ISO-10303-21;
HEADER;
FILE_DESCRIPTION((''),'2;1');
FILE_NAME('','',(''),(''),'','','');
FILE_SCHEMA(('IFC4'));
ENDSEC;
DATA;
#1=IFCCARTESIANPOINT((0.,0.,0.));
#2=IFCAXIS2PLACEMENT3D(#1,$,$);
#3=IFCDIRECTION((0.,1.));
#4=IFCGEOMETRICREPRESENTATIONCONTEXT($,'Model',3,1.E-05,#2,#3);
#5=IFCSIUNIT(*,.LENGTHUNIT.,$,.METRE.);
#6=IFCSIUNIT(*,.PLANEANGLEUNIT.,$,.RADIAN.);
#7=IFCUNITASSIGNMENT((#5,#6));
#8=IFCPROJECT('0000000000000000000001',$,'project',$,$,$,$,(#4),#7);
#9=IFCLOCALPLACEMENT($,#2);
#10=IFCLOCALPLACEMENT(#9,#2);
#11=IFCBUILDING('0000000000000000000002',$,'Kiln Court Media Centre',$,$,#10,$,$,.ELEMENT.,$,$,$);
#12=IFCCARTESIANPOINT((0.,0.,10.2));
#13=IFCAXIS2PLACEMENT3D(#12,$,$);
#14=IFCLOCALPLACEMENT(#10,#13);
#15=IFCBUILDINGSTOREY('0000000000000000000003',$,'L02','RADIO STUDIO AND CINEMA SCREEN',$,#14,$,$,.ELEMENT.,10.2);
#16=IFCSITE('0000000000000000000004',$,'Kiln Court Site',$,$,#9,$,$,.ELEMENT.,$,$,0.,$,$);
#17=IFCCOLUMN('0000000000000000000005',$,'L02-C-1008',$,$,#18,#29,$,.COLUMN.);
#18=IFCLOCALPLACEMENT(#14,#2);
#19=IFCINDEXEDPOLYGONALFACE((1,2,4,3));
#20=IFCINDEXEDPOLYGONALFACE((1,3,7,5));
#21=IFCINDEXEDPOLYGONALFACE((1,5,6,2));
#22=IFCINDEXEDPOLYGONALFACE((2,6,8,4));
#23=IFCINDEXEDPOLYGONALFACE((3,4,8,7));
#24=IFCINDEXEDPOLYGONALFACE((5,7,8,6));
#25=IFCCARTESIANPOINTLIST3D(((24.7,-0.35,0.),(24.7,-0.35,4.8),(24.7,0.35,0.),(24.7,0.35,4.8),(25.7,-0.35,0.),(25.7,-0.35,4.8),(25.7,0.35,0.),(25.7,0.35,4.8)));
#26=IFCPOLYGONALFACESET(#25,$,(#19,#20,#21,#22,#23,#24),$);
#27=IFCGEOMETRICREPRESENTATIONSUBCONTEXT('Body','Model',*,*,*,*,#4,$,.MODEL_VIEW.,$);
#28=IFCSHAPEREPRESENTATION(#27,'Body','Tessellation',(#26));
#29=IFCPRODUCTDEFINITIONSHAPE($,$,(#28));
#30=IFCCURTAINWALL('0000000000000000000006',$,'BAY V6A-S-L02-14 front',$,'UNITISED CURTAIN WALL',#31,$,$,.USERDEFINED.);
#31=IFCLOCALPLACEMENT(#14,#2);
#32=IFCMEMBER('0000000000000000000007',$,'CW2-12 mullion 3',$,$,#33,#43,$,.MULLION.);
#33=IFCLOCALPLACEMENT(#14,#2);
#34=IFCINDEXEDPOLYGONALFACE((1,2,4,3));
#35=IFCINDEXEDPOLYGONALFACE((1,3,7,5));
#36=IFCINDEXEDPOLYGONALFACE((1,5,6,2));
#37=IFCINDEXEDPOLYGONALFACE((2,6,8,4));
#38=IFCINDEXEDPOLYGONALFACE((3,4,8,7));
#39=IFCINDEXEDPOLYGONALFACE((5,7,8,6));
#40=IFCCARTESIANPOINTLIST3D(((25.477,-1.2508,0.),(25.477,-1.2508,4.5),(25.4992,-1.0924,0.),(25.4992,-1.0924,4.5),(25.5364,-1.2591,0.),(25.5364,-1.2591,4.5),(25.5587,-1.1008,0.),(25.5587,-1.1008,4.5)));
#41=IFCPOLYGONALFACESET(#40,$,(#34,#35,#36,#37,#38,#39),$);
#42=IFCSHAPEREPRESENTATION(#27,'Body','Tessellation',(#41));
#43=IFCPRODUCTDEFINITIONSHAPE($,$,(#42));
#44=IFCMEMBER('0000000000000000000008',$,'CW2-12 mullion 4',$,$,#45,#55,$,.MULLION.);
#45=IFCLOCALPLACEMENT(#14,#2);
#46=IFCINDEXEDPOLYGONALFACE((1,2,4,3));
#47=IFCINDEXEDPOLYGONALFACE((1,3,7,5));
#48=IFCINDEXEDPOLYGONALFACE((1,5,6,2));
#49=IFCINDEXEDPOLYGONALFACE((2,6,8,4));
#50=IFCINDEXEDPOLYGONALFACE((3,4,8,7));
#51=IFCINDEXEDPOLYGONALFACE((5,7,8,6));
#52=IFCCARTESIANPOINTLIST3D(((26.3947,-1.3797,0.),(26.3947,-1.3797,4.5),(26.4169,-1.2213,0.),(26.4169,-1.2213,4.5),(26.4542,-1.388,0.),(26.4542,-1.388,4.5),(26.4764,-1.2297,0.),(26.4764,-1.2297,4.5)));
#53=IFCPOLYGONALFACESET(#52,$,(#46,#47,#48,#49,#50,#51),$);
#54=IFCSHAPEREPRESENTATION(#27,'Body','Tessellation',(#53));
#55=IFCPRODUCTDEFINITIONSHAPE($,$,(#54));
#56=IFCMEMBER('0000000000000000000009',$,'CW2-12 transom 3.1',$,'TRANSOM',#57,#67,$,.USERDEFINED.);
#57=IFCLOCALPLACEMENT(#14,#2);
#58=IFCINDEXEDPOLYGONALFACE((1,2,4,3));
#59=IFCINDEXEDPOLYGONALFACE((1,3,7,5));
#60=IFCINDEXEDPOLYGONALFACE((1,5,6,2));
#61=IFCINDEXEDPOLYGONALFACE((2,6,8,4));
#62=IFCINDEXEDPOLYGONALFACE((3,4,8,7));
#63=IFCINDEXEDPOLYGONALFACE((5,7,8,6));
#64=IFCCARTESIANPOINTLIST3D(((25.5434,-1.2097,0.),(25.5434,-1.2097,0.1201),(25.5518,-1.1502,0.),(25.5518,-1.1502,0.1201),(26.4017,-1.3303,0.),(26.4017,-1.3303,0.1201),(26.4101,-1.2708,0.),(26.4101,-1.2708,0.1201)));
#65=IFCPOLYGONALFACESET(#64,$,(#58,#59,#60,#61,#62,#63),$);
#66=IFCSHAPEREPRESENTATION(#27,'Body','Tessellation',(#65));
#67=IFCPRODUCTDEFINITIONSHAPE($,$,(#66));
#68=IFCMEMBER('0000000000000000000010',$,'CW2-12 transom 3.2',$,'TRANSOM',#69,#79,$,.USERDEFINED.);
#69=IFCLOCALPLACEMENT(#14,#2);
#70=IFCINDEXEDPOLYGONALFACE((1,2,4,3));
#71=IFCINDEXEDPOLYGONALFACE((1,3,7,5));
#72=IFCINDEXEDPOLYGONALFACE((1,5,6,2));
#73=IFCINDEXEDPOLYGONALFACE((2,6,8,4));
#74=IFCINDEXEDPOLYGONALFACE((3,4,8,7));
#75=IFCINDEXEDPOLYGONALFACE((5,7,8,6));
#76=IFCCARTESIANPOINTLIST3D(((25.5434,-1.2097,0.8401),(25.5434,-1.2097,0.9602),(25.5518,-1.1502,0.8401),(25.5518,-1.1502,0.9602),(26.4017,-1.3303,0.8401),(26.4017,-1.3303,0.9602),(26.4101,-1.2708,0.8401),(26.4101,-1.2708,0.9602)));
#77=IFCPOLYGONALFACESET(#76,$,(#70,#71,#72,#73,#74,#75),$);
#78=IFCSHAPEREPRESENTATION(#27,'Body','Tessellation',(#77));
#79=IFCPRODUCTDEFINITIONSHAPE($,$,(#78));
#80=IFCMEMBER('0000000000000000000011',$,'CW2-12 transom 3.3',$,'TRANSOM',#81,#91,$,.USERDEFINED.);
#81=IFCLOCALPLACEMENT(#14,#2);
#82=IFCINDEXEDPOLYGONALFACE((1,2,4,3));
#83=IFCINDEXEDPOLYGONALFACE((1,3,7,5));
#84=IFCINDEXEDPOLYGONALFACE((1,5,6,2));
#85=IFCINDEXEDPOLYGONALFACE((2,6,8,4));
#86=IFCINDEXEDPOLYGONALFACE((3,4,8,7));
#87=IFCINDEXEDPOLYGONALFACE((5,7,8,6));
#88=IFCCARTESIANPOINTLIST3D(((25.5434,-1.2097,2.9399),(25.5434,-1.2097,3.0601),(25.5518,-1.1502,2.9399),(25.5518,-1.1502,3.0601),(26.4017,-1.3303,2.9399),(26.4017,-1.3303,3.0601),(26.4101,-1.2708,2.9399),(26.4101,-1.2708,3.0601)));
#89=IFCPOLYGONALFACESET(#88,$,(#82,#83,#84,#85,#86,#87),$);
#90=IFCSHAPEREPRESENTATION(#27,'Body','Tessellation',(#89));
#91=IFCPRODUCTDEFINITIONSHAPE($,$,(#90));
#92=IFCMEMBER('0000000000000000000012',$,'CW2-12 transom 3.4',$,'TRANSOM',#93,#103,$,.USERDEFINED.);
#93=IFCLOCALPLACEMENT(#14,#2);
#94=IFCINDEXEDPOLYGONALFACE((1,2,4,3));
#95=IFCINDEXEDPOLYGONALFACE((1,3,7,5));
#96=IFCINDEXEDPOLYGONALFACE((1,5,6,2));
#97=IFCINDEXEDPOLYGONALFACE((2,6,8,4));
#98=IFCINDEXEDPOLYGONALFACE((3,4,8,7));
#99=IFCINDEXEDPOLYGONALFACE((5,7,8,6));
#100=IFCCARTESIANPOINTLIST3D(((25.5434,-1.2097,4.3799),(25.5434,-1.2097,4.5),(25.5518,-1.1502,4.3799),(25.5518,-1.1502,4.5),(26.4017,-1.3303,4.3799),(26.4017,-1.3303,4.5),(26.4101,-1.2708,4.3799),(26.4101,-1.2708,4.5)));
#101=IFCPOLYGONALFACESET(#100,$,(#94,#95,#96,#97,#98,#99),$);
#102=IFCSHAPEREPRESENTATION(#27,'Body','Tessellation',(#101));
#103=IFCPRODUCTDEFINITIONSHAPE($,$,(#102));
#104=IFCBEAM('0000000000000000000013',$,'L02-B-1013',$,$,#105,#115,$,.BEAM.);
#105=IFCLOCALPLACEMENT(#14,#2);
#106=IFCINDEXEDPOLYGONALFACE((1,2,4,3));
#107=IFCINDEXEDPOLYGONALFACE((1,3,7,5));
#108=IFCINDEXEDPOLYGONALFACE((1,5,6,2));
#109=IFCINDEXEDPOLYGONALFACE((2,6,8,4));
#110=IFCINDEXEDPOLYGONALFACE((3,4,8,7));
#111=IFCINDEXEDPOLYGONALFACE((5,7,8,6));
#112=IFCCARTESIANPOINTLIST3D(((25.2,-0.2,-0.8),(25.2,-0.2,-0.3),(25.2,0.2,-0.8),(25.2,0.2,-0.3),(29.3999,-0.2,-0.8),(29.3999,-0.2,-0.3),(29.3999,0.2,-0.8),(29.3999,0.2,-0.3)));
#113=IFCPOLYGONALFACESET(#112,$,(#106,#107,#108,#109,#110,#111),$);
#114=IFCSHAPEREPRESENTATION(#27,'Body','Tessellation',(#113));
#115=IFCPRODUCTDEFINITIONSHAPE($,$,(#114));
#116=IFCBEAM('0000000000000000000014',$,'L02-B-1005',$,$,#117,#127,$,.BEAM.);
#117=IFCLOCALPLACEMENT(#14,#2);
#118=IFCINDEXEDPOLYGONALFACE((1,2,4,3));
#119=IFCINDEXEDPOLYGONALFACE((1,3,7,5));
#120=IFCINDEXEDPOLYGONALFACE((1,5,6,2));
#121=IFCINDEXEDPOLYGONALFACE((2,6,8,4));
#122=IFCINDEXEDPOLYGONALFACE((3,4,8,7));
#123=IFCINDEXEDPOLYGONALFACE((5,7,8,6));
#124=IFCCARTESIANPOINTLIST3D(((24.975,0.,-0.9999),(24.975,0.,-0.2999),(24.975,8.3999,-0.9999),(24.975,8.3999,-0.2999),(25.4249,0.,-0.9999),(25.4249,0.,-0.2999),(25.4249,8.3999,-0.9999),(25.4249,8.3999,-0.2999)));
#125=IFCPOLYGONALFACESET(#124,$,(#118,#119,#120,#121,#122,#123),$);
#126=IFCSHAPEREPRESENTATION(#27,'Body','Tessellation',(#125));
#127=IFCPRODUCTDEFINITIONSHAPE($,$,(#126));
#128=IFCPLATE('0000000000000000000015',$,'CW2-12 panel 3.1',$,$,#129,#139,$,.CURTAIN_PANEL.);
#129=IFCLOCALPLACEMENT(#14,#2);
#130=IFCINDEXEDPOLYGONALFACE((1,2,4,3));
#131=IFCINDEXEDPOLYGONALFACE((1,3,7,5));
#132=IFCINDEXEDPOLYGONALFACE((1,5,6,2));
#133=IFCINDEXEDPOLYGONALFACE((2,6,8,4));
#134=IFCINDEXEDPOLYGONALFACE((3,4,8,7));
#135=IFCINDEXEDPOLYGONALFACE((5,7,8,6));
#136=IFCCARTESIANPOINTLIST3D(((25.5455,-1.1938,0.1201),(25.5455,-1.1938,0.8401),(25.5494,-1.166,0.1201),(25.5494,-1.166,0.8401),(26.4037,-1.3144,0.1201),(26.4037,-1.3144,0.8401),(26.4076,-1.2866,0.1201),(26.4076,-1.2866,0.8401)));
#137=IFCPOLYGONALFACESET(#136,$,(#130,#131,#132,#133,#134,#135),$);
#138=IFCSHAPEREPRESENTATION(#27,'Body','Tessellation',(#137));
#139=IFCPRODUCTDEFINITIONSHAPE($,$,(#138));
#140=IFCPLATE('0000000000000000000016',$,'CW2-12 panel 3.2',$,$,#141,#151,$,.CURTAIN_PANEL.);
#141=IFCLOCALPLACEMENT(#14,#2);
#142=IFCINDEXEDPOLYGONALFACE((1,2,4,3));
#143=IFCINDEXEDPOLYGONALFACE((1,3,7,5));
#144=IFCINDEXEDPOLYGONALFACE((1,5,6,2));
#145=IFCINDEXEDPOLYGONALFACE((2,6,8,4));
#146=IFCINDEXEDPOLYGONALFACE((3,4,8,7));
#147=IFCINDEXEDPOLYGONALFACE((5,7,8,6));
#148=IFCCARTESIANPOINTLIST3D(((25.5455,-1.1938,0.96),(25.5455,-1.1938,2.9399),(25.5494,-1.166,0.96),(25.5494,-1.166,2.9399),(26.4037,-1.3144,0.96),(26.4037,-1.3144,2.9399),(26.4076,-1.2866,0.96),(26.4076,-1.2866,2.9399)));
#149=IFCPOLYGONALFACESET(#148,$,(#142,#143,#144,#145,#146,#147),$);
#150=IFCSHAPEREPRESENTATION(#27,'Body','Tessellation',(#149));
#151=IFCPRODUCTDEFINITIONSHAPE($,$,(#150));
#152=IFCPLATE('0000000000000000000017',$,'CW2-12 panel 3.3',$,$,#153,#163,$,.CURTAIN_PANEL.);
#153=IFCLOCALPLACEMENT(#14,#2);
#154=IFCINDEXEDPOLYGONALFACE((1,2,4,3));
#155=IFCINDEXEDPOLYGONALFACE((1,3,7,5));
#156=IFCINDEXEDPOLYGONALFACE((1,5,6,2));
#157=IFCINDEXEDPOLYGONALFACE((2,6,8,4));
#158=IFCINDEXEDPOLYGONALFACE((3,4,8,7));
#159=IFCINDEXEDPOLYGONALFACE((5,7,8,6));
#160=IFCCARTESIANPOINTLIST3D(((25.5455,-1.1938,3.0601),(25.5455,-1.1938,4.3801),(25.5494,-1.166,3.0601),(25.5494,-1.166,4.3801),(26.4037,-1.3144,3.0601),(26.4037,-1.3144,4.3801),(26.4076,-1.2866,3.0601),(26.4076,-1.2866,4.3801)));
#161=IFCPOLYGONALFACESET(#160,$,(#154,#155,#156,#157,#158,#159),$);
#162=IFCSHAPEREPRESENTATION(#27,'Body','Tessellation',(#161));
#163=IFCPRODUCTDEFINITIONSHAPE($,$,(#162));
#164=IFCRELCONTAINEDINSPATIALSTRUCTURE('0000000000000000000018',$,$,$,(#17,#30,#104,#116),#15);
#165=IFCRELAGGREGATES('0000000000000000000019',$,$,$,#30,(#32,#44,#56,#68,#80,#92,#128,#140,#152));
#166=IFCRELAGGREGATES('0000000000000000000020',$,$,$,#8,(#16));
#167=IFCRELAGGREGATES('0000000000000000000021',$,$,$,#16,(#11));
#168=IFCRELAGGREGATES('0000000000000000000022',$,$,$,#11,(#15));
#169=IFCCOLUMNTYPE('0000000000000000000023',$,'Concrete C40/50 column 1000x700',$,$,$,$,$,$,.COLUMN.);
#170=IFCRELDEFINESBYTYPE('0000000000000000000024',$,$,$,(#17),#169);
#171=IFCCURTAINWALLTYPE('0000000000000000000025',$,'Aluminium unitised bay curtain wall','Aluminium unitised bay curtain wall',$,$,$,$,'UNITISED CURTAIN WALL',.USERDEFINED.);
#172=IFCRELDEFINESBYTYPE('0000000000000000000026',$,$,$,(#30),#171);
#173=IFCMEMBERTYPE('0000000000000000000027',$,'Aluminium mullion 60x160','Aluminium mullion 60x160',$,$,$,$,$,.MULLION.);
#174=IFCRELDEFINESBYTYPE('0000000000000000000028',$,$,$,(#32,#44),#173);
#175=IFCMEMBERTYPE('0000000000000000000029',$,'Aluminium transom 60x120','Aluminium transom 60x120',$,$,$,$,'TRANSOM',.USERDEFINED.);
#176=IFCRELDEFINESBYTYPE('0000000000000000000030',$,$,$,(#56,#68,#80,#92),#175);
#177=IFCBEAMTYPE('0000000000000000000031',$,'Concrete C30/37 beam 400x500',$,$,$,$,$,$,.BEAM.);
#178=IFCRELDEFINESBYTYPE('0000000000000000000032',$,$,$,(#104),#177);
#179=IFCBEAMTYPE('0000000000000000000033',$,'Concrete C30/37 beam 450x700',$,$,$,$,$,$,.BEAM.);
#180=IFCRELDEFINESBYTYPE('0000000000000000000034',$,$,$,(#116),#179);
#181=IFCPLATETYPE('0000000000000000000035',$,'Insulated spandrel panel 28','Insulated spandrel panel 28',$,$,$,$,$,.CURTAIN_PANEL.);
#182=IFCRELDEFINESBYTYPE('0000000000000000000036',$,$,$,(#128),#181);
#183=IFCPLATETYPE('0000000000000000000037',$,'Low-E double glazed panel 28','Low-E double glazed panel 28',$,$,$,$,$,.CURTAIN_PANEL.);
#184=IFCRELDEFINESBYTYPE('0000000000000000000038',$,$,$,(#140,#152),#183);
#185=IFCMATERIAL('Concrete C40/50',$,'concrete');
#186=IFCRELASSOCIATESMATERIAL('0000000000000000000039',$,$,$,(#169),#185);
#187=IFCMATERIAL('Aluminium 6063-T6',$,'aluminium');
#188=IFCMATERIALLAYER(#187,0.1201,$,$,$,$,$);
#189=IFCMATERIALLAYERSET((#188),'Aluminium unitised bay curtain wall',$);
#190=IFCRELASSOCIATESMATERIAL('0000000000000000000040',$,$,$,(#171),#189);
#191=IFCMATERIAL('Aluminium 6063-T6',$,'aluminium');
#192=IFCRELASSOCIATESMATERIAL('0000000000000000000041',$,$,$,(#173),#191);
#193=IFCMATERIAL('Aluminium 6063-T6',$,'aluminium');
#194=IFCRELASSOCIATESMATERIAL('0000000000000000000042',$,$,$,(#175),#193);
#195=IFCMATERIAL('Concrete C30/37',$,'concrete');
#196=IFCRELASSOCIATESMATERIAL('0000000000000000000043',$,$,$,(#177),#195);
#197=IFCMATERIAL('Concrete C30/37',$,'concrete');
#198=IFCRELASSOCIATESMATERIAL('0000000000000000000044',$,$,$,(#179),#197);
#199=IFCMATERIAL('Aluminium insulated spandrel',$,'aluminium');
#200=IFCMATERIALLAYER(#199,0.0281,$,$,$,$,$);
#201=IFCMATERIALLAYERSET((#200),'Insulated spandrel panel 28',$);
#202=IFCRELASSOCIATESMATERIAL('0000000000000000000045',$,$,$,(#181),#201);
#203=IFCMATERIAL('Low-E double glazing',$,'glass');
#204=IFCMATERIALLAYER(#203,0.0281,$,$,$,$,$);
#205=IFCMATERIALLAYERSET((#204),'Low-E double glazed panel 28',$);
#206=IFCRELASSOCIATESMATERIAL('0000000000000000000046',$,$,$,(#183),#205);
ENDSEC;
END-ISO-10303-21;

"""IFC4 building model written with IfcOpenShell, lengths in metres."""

from ifc_helpers import new_model, si_unit, direction, frame, origin, origin_2d, place, context, subcontext, project, spatial, rectangle, extrude, material, layer, layer_set, material_profile, profile_set, type_object, element, aggregate, save


model = new_model("IFC4")

# Units and contexts
model_context = context("Model", 3, precision=1e-05, world=origin(), true_north=direction((0.0, 1.0)))
body_context = subcontext(model_context, "Body", "Model", "MODEL_VIEW")
ifc_project = project(units=[si_unit("LENGTHUNIT", "METRE"), si_unit("PLANEANGLEUNIT", "RADIAN")], contexts=[model_context])

# Site, building, storey
site_placement = place(None, origin())
site = spatial("IfcSite", under=ifc_project, at=site_placement, Name="Kiln Court Site", CompositionType="ELEMENT", RefElevation=0.0)
building_placement = place(site_placement, origin())
building = spatial("IfcBuilding", under=site, at=building_placement, Name="Kiln Court Media Centre", CompositionType="ELEMENT")
storey_placement = place(building_placement, frame((0.0, 0.0, 10.2)))
storey = spatial("IfcBuildingStorey", under=building, at=storey_placement, Name="L02", Description="RADIO STUDIO AND CINEMA SCREEN", CompositionType="ELEMENT", Elevation=10.2)

# Column
ifc_material_1 = material(Name="Concrete C40/50", Category="concrete")
ifc_material_profile_1 = material_profile(ifc_material_1, rectangle(XDim=1.0, YDim=0.7, at=origin_2d()), Name="RC 1000x700")
ifc_profile_set_1 = profile_set([ifc_material_profile_1], Name="Concrete C40/50")
column_type = type_object("IfcColumnType", Name="Concrete C40/50 column 1000x700", PredefinedType="COLUMN", material=ifc_profile_set_1)
column_placement = place(storey_placement, frame((25.2, 0.0, 0.0), z_axis=(0.0, 0.0, 1.0), x_axis=(1.0, 0.0, 0.0)))
element("IfcColumn", 1, at=column_placement, inside=storey, type_object=column_type, Name="L02-C-1008", PredefinedType="COLUMN", context=body_context, shape_type="SweptSolid", body=[
    extrude(rectangle(XDim=1.0, YDim=0.7, at=origin_2d()), origin(), (0.0, 0.0, 1.0), 4.8),
])

# Curtain wall, members
ifc_material_2 = material(Name="Aluminium 6063-T6", Category="aluminium")
ifc_layer_1 = layer(ifc_material_2, 0.1201)
ifc_layer_set_1 = layer_set([ifc_layer_1], Name="Aluminium unitised bay curtain wall")
curtain_wall_type = type_object("IfcCurtainWallType", Name="Aluminium unitised bay curtain wall", Description="Aluminium unitised bay curtain wall", ElementType="UNITISED CURTAIN WALL", PredefinedType="USERDEFINED", material=ifc_layer_set_1)
curtain_wall_placement = place(storey_placement, origin())
curtain_wall = element("IfcCurtainWall", 2, at=curtain_wall_placement, inside=storey, type_object=curtain_wall_type, Name="BAY V6A-S-L02-14 front", ObjectType="UNITISED CURTAIN WALL", PredefinedType="USERDEFINED")
ifc_material_3 = material(Name="Aluminium 6063-T6", Category="aluminium")
ifc_material_profile_2 = material_profile(ifc_material_3, rectangle(XDim=0.0601, YDim=0.1599, at=origin_2d()), Name="Aluminium mullion 60x160")
ifc_profile_set_2 = profile_set([ifc_material_profile_2], Name="Aluminium 6063-T6")
member_type_1 = type_object("IfcMemberType", Name="Aluminium mullion 60x160", Description="Aluminium mullion 60x160", PredefinedType="MULLION", material=ifc_profile_set_2)
member_1_placement = place(storey_placement, frame((25.5178, -1.1758, 0.0), z_axis=(0.0, 0.0, 1.0), x_axis=(0.99027, -0.139162, 0.0)))
member_1 = element("IfcMember", 3, at=member_1_placement, type_object=member_type_1, Name="CW2-12 mullion 3", PredefinedType="MULLION", context=body_context, shape_type="SweptSolid", body=[
    extrude(rectangle(XDim=0.0601, YDim=0.1599, at=origin_2d()), origin(), (0.0, 0.0, 1.0), 4.5),
])
member_2_placement = place(storey_placement, frame((26.4355, -1.3047, 0.0), z_axis=(0.0, 0.0, 1.0), x_axis=(0.99027, -0.139162, 0.0)))
member_2 = element("IfcMember", 4, at=member_2_placement, type_object=member_type_1, Name="CW2-12 mullion 4", PredefinedType="MULLION", context=body_context, shape_type="SweptSolid", body=[
    extrude(rectangle(XDim=0.0601, YDim=0.1599, at=origin_2d()), origin(), (0.0, 0.0, 1.0), 4.5),
])
ifc_material_4 = material(Name="Aluminium 6063-T6", Category="aluminium")
ifc_material_profile_3 = material_profile(ifc_material_4, rectangle(XDim=0.0601, YDim=0.1201, at=origin_2d()), Name="Aluminium transom 60x120")
ifc_profile_set_3 = profile_set([ifc_material_profile_3], Name="Aluminium 6063-T6")
member_type_2 = type_object("IfcMemberType", Name="Aluminium transom 60x120", Description="Aluminium transom 60x120", ElementType="TRANSOM", PredefinedType="USERDEFINED", material=ifc_profile_set_3)
member_3_placement = place(storey_placement, frame((25.5476, -1.1799, 0.0601), z_axis=(0.990268, -0.139173, 0.0), x_axis=(0.139173, 0.990268, 0.0)))
member_3 = element("IfcMember", 5, at=member_3_placement, type_object=member_type_2, Name="CW2-12 transom 3.1", ObjectType="TRANSOM", PredefinedType="USERDEFINED", context=body_context, shape_type="SweptSolid", body=[
    extrude(rectangle(XDim=0.0601, YDim=0.1201, at=origin_2d()), origin(), (0.0, 0.0, 1.0), 0.8667),
])
member_4_placement = place(storey_placement, frame((25.5476, -1.1799, 0.9001), z_axis=(0.990268, -0.139173, 0.0), x_axis=(0.139173, 0.990268, 0.0)))
member_4 = element("IfcMember", 6, at=member_4_placement, type_object=member_type_2, Name="CW2-12 transom 3.2", ObjectType="TRANSOM", PredefinedType="USERDEFINED", context=body_context, shape_type="SweptSolid", body=[
    extrude(rectangle(XDim=0.0601, YDim=0.1201, at=origin_2d()), origin(), (0.0, 0.0, 1.0), 0.8667),
])
member_5_placement = place(storey_placement, frame((25.5476, -1.1799, 3.0), z_axis=(0.990268, -0.139173, 0.0), x_axis=(0.139173, 0.990268, 0.0)))
member_5 = element("IfcMember", 7, at=member_5_placement, type_object=member_type_2, Name="CW2-12 transom 3.3", ObjectType="TRANSOM", PredefinedType="USERDEFINED", context=body_context, shape_type="SweptSolid", body=[
    extrude(rectangle(XDim=0.0601, YDim=0.1201, at=origin_2d()), origin(), (0.0, 0.0, 1.0), 0.8667),
])
member_6_placement = place(storey_placement, frame((25.5476, -1.1799, 4.4399), z_axis=(0.990268, -0.139173, 0.0), x_axis=(0.139173, 0.990268, 0.0)))
member_6 = element("IfcMember", 8, at=member_6_placement, type_object=member_type_2, Name="CW2-12 transom 3.4", ObjectType="TRANSOM", PredefinedType="USERDEFINED", context=body_context, shape_type="SweptSolid", body=[
    extrude(rectangle(XDim=0.0601, YDim=0.1201, at=origin_2d()), origin(), (0.0, 0.0, 1.0), 0.8667),
])

# Beams
ifc_material_5 = material(Name="Concrete C30/37", Category="concrete")
ifc_material_profile_4 = material_profile(ifc_material_5, rectangle(XDim=0.3999, YDim=0.5, at=origin_2d()), Name="RC 400x500")
ifc_profile_set_4 = profile_set([ifc_material_profile_4], Name="Concrete C30/37")
beam_type_1 = type_object("IfcBeamType", Name="Concrete C30/37 beam 400x500", PredefinedType="BEAM", material=ifc_profile_set_4)
beam_1_placement = place(storey_placement, frame((25.2, 0.0, -0.55), z_axis=(1.0, 0.0, 0.0), x_axis=(0.0, 1.0, 0.0)))
element("IfcBeam", 9, at=beam_1_placement, inside=storey, type_object=beam_type_1, Name="L02-B-1013", PredefinedType="BEAM", context=body_context, shape_type="SweptSolid", body=[
    extrude(rectangle(XDim=0.3999, YDim=0.5, at=origin_2d()), origin(), (0.0, 0.0, 1.0), 4.2),
])
ifc_material_6 = material(Name="Concrete C30/37", Category="concrete")
ifc_material_profile_5 = material_profile(ifc_material_6, rectangle(XDim=0.45, YDim=0.7, at=origin_2d()), Name="RC 450x700")
ifc_profile_set_5 = profile_set([ifc_material_profile_5], Name="Concrete C30/37")
beam_type_2 = type_object("IfcBeamType", Name="Concrete C30/37 beam 450x700", PredefinedType="BEAM", material=ifc_profile_set_5)
beam_2_placement = place(storey_placement, frame((25.2, 0.0, -0.6499), z_axis=(0.0, 1.0, 0.0), x_axis=(-1.0, 0.0, 0.0)))
element("IfcBeam", 10, at=beam_2_placement, inside=storey, type_object=beam_type_2, Name="L02-B-1005", PredefinedType="BEAM", context=body_context, shape_type="SweptSolid", body=[
    extrude(rectangle(XDim=0.45, YDim=0.7, at=origin_2d()), origin(), (0.0, 0.0, 1.0), 8.3999),
])

# Plates
ifc_material_7 = material(Name="Aluminium insulated spandrel", Category="aluminium")
ifc_layer_2 = layer(ifc_material_7, 0.0281)
ifc_layer_set_2 = layer_set([ifc_layer_2], Name="Insulated spandrel panel 28")
plate_type_1 = type_object("IfcPlateType", Name="Insulated spandrel panel 28", Description="Insulated spandrel panel 28", PredefinedType="CURTAIN_PANEL", material=ifc_layer_set_2)
plate_1_placement = place(storey_placement, frame((25.9766, -1.2402, 0.1201), z_axis=(0.0, 0.0, 1.0), x_axis=(0.99027, -0.139162, 0.0)))
plate_1 = element("IfcPlate", 11, at=plate_1_placement, type_object=plate_type_1, Name="CW2-12 panel 3.1", PredefinedType="CURTAIN_PANEL", context=body_context, shape_type="SweptSolid", body=[
    extrude(rectangle(XDim=0.8667, YDim=0.0281, at=origin_2d()), origin(), (0.0, 0.0, 1.0), 0.72),
])
ifc_material_8 = material(Name="Low-E double glazing", Category="glass")
ifc_layer_3 = layer(ifc_material_8, 0.0281)
ifc_layer_set_3 = layer_set([ifc_layer_3], Name="Low-E double glazed panel 28")
plate_type_2 = type_object("IfcPlateType", Name="Low-E double glazed panel 28", Description="Low-E double glazed panel 28", PredefinedType="CURTAIN_PANEL", material=ifc_layer_set_3)
plate_2_placement = place(storey_placement, frame((25.9766, -1.2402, 0.96), z_axis=(0.0, 0.0, 1.0), x_axis=(0.99027, -0.139162, 0.0)))
plate_2 = element("IfcPlate", 12, at=plate_2_placement, type_object=plate_type_2, Name="CW2-12 panel 3.2", PredefinedType="CURTAIN_PANEL", context=body_context, shape_type="SweptSolid", body=[
    extrude(rectangle(XDim=0.8667, YDim=0.0281, at=origin_2d()), origin(), (0.0, 0.0, 1.0), 1.98),
])
plate_3_placement = place(storey_placement, frame((25.9766, -1.2402, 3.0601), z_axis=(0.0, 0.0, 1.0), x_axis=(0.99027, -0.139162, 0.0)))
plate_3 = element("IfcPlate", 13, at=plate_3_placement, type_object=plate_type_2, Name="CW2-12 panel 3.3", PredefinedType="CURTAIN_PANEL", context=body_context, shape_type="SweptSolid", body=[
    extrude(rectangle(XDim=0.8667, YDim=0.0281, at=origin_2d()), origin(), (0.0, 0.0, 1.0), 1.3201),
])
aggregate(curtain_wall, [member_1, member_2, member_3, member_4, member_5, member_6, plate_1, plate_2, plate_3])

save(model, "model.ifc")
